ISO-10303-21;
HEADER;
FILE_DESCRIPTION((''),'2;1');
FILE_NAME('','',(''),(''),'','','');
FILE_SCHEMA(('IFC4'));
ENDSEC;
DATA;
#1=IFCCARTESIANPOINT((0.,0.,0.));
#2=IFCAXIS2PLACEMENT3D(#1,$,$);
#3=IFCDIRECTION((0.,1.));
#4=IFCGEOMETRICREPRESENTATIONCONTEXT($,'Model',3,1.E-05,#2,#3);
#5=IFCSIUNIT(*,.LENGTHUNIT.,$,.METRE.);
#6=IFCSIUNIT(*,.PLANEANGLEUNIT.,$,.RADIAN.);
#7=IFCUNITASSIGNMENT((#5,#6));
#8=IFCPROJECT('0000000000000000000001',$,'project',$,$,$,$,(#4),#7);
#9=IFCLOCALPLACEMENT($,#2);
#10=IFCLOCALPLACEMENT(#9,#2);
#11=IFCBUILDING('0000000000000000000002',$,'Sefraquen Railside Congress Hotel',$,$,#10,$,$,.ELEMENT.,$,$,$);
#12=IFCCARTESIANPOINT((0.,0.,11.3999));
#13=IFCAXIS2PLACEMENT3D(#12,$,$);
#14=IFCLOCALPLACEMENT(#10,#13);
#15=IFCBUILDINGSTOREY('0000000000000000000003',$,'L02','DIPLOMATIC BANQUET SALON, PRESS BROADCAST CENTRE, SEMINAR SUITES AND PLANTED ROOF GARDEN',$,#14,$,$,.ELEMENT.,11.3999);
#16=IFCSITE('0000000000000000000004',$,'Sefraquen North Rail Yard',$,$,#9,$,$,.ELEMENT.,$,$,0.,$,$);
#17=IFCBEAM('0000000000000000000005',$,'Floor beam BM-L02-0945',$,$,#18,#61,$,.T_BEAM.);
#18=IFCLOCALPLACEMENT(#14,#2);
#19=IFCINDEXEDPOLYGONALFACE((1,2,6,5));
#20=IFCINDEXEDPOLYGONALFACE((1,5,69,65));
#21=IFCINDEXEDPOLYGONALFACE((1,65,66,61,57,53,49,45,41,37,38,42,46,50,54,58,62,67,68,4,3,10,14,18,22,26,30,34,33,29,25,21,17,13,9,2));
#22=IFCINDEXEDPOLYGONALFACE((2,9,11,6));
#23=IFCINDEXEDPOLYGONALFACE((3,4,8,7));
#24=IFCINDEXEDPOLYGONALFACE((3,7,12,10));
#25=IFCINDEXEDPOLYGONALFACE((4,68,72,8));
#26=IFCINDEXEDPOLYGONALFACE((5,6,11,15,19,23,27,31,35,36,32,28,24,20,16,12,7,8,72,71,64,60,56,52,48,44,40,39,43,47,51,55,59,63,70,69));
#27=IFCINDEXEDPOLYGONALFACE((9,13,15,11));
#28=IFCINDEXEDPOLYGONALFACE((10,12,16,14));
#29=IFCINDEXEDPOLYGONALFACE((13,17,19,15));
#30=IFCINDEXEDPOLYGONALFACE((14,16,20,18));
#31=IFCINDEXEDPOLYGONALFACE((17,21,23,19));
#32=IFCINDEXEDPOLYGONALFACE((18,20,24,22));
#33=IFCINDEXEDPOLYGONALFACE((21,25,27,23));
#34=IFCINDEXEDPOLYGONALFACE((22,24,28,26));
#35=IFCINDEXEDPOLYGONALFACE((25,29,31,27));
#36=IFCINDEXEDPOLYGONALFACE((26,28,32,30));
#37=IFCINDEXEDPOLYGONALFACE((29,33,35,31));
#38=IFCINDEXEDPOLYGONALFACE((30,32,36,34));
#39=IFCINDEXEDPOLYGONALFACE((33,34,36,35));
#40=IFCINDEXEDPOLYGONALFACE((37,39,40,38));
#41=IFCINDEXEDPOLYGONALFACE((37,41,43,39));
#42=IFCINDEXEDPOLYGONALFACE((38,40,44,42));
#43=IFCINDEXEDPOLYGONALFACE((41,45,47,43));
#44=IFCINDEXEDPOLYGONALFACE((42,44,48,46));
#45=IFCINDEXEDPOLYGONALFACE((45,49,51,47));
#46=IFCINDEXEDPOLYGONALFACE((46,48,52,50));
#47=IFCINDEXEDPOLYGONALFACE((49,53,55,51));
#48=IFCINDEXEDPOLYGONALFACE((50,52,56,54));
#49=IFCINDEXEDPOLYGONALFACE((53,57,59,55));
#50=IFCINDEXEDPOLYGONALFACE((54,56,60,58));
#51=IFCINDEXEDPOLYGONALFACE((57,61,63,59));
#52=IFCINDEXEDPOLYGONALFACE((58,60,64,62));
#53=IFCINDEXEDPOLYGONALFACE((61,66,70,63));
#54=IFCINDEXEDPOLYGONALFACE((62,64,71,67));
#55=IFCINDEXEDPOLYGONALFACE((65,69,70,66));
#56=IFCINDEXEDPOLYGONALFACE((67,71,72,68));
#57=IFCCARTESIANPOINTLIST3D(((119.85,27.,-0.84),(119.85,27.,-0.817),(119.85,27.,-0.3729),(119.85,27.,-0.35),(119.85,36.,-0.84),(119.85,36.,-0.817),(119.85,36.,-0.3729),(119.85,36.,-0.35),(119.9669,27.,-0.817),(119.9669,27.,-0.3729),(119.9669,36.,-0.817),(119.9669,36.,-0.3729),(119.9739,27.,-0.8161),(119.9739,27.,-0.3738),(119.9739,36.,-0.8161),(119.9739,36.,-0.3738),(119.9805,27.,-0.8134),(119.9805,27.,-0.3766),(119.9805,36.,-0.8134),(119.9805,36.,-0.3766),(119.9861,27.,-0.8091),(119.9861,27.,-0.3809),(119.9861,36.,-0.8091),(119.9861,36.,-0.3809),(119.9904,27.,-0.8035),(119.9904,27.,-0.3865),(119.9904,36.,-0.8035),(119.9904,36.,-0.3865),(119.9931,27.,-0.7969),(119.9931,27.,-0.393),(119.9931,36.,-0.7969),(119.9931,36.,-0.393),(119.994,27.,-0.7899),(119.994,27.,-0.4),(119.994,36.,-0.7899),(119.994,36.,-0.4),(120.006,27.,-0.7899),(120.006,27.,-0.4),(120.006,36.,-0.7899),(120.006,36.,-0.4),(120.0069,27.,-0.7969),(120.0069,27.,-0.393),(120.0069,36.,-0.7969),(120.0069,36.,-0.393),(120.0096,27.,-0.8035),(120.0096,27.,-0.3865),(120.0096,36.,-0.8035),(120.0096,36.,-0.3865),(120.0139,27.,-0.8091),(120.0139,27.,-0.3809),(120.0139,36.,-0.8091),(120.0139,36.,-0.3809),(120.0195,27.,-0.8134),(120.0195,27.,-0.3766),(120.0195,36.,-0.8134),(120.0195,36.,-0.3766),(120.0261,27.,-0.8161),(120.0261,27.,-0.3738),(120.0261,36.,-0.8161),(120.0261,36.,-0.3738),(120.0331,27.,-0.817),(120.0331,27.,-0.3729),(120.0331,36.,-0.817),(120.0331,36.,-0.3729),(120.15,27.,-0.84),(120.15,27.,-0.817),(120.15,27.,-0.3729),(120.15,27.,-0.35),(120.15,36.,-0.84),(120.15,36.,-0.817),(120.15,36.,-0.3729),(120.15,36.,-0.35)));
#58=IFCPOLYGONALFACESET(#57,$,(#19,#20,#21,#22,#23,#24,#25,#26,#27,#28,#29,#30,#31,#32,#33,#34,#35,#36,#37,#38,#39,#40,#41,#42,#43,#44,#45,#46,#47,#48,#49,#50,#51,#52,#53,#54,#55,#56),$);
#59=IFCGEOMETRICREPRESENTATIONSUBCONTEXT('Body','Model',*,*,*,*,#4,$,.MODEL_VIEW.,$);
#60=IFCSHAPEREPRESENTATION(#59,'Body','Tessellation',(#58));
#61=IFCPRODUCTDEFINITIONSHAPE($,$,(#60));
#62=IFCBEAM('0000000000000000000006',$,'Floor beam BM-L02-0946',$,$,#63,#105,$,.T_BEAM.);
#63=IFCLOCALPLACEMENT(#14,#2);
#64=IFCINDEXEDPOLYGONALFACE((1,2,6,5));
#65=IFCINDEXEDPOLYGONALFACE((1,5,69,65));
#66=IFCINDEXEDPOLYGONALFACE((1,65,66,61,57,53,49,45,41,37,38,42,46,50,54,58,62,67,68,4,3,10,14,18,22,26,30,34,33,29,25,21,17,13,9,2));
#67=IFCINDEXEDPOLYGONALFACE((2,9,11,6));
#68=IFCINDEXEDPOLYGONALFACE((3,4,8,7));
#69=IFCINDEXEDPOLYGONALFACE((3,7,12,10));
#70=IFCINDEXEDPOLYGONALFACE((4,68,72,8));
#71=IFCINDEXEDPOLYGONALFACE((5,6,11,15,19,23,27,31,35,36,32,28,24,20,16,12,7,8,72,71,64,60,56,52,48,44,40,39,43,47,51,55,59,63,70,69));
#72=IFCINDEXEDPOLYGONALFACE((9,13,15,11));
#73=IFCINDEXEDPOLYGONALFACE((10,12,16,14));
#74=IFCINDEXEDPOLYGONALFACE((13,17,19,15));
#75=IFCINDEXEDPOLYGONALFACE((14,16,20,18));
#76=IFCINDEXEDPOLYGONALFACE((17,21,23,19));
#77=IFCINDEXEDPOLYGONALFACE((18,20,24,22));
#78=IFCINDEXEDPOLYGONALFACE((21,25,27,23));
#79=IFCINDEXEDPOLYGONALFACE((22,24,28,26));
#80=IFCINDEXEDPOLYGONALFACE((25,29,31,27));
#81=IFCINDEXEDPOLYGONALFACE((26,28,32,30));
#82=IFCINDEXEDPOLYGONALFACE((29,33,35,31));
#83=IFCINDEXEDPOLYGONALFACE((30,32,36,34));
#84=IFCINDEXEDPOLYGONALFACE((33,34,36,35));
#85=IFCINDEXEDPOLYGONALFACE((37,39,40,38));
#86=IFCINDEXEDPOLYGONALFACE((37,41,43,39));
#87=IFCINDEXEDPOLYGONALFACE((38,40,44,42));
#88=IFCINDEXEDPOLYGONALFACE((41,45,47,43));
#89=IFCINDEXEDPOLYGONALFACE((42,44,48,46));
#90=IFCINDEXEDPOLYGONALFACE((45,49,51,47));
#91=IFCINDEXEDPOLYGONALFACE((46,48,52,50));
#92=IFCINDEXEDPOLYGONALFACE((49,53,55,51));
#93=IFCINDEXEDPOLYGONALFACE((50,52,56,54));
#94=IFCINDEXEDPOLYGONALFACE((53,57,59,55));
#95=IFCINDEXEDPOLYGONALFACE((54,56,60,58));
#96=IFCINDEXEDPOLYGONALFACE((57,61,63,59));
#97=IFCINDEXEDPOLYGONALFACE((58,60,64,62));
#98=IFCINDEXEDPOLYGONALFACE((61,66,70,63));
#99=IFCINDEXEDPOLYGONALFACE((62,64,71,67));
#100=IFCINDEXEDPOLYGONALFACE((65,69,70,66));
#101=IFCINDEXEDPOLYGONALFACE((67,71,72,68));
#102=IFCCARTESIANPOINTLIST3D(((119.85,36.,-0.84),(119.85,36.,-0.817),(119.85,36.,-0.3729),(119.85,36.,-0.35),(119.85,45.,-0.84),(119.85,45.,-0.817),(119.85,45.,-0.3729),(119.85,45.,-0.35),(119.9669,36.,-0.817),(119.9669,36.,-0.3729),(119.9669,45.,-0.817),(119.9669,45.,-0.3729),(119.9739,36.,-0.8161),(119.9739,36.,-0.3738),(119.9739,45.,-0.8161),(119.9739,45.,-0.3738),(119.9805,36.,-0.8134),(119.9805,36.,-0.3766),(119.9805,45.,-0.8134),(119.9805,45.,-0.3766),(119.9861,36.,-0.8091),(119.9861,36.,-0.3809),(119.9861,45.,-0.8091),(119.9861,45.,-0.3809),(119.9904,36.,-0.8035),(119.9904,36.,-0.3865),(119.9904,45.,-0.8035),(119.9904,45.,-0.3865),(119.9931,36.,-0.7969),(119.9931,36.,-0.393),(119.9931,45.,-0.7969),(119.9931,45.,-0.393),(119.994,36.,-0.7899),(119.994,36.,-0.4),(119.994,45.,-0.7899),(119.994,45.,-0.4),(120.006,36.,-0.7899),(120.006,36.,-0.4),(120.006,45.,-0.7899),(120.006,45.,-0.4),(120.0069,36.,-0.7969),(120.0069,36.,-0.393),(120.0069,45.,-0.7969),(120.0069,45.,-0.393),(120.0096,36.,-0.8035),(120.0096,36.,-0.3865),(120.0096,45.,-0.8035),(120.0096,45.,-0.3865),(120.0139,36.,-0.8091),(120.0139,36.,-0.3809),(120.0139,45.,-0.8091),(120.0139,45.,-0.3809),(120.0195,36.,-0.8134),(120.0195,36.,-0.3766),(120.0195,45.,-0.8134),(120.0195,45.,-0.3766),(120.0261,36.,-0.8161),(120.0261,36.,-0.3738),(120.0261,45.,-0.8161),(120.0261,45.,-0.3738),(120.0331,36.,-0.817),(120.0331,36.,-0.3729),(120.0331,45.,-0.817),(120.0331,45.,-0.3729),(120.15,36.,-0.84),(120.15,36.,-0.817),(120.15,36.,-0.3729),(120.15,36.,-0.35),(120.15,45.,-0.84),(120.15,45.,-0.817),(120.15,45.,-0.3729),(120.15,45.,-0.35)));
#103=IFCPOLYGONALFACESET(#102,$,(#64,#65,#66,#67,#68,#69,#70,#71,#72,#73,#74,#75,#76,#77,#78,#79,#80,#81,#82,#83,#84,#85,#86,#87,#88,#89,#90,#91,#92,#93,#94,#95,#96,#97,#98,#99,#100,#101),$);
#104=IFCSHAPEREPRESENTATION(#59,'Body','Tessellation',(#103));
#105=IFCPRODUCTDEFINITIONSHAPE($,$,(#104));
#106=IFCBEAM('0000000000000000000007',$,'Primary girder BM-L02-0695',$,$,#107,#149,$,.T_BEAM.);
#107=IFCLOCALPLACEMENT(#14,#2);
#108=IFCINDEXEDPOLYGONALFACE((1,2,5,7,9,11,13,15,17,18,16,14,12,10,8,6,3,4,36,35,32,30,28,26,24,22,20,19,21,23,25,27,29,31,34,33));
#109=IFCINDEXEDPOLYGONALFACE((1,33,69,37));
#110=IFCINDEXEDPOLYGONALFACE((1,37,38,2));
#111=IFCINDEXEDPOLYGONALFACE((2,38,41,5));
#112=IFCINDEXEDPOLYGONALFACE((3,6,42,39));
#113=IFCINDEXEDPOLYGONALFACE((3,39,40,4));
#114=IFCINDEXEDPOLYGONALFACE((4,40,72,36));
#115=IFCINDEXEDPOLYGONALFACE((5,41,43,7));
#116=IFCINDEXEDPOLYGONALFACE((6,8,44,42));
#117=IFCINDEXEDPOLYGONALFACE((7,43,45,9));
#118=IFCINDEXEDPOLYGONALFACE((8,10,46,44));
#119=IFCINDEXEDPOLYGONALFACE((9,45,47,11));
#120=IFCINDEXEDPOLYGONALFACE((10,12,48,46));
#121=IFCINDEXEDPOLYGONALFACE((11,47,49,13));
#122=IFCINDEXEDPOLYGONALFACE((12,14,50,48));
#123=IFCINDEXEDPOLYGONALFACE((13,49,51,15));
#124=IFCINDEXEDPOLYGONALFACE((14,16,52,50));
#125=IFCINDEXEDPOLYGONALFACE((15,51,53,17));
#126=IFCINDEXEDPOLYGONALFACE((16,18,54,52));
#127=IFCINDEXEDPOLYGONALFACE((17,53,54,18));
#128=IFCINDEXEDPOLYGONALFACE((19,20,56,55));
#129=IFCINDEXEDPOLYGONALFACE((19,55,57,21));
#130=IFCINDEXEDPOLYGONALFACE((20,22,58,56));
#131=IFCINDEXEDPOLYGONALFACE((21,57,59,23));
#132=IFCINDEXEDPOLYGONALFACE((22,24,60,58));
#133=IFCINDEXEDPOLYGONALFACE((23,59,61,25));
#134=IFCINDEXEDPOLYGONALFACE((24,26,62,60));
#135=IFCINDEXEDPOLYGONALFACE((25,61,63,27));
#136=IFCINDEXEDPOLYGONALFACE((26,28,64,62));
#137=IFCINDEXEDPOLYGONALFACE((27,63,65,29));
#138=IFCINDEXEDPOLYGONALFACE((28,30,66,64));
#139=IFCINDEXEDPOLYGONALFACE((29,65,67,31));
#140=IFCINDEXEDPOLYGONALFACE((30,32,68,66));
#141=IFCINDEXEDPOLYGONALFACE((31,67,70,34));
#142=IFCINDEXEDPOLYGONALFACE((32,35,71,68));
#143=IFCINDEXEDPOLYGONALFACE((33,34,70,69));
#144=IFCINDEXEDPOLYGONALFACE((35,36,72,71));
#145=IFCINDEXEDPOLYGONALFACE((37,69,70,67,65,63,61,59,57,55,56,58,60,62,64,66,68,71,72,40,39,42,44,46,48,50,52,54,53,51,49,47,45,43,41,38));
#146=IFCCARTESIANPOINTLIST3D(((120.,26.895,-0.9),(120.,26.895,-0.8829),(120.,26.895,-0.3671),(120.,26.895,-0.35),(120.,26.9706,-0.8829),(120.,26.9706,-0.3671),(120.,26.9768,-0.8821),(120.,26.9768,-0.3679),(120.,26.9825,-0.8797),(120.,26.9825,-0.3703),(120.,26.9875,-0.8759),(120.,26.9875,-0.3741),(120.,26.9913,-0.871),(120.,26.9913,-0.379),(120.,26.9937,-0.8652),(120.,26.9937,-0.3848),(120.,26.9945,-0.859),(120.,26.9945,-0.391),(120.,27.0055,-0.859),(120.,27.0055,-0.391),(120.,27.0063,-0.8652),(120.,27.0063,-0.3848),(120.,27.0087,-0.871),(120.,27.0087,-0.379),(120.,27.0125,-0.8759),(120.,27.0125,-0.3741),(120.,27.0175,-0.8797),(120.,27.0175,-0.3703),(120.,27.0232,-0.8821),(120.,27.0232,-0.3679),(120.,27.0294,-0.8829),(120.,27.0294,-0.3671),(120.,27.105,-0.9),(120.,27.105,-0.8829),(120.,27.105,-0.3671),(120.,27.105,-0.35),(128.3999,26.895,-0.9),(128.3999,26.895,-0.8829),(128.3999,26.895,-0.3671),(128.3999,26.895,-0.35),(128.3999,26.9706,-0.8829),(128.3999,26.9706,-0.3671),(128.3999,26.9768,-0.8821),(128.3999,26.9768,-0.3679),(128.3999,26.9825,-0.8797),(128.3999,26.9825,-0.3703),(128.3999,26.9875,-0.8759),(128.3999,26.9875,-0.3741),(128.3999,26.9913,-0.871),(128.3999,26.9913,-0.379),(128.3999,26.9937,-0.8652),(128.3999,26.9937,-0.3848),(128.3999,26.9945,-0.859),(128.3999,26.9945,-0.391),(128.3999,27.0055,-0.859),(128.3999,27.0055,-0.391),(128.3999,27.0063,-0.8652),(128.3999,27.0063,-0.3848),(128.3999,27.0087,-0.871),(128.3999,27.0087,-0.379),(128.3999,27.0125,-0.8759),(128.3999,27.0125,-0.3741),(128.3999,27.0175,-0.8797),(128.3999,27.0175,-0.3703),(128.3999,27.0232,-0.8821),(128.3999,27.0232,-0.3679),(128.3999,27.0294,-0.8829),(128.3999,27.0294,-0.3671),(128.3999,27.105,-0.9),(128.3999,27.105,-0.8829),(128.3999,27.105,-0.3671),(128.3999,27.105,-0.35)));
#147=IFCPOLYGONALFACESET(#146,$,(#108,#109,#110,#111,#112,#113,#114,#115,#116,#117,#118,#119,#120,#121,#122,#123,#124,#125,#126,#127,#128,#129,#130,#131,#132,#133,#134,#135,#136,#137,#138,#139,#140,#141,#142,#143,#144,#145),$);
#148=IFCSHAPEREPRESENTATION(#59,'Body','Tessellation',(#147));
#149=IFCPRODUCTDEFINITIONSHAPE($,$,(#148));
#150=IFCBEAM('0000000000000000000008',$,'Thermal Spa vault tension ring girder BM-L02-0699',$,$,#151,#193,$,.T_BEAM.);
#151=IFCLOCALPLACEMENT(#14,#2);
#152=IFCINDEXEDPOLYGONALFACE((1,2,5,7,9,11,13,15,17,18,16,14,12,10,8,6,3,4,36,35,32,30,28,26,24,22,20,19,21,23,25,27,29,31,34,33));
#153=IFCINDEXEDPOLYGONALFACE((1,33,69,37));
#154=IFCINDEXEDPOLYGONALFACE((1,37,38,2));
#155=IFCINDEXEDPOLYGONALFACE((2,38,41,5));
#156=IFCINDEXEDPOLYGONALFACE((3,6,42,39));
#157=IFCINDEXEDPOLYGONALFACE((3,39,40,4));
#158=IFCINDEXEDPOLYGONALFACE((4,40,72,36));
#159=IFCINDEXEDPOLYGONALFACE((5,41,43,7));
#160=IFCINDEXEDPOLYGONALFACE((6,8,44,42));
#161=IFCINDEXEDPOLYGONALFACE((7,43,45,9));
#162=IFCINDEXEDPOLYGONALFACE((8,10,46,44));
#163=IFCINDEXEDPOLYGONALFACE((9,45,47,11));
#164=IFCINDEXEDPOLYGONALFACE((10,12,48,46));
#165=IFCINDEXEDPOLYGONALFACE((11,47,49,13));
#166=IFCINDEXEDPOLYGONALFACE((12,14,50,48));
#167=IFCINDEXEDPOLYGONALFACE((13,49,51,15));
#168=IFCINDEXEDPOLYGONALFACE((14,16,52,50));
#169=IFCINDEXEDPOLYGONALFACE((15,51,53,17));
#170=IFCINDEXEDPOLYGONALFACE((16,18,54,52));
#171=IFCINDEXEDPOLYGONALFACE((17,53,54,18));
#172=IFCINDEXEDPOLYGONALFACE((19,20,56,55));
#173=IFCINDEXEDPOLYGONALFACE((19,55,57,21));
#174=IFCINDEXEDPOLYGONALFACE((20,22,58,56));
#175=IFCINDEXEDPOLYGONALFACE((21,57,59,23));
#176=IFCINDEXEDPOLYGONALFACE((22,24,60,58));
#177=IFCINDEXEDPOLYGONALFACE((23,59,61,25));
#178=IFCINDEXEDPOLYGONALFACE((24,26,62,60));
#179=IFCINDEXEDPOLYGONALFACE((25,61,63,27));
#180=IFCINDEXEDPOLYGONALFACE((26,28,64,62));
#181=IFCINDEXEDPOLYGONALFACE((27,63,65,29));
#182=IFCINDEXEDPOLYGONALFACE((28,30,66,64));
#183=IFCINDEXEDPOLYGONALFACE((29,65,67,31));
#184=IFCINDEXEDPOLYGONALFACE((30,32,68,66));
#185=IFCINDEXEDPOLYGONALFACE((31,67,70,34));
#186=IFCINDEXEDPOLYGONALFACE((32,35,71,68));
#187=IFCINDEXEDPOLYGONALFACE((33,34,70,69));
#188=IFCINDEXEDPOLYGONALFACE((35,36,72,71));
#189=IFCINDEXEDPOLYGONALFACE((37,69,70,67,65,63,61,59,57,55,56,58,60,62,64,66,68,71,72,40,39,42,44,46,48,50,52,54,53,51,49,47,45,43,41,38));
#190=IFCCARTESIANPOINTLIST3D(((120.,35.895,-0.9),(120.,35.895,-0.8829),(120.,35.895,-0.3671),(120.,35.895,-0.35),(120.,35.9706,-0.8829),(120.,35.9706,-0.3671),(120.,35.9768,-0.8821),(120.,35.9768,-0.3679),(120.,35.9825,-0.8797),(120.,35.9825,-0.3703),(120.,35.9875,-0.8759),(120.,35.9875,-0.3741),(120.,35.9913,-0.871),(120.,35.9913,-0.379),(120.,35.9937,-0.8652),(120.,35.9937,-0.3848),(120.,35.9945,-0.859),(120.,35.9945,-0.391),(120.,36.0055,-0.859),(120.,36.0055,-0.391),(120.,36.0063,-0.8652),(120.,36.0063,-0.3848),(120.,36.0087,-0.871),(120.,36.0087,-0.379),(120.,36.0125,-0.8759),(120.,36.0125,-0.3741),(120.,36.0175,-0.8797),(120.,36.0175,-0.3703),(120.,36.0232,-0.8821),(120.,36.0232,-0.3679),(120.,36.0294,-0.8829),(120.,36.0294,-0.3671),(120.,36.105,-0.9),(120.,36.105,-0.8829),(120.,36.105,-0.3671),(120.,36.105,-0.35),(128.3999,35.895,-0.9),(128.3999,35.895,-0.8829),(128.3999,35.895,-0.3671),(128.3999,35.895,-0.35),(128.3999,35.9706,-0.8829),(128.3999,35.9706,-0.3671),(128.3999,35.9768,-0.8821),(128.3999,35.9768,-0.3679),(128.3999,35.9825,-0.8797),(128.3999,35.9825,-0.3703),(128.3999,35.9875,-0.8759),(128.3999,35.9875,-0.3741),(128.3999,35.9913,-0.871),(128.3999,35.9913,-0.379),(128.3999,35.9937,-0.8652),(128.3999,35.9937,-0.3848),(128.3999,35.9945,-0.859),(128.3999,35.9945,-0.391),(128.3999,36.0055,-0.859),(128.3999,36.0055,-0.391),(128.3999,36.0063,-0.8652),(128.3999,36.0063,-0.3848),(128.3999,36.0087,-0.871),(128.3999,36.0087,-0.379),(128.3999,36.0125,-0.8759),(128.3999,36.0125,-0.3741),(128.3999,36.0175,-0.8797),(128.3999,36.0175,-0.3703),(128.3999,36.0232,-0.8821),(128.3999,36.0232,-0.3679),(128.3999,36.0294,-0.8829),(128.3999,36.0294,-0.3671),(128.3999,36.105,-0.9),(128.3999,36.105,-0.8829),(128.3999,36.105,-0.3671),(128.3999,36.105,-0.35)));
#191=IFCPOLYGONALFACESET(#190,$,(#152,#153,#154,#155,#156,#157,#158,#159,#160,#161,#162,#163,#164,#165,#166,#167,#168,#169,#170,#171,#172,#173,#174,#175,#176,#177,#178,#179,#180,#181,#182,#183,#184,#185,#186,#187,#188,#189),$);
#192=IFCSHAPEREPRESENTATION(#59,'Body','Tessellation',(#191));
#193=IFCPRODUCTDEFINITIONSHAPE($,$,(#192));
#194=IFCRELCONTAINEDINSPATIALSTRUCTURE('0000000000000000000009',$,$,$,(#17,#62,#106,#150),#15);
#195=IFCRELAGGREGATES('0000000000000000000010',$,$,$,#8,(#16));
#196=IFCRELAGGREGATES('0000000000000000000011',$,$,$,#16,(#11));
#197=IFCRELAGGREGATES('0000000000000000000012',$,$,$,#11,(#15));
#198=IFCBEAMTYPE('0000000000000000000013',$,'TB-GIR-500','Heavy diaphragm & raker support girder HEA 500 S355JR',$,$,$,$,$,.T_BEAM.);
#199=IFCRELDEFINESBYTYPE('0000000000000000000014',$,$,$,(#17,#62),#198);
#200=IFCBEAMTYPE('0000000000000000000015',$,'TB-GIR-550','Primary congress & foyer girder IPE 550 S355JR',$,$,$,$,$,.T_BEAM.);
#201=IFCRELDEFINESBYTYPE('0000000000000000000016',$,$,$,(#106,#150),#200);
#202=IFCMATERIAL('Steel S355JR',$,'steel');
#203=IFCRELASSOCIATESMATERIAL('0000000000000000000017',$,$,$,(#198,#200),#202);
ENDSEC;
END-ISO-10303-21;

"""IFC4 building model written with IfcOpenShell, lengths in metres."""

from ifc_helpers import new_model, si_unit, direction, frame, origin, origin_2d, place, context, subcontext, project, spatial, i_section, extrude, material, material_profile, profile_set, type_object, element, save


model = new_model("IFC4")

# Units and contexts
model_context = context("Model", 3, precision=1e-05, world=origin(), true_north=direction((0.0, 1.0)))
body_context = subcontext(model_context, "Body", "Model", "MODEL_VIEW")
ifc_project = project(units=[si_unit("LENGTHUNIT", "METRE"), si_unit("PLANEANGLEUNIT", "RADIAN")], contexts=[model_context])

# Site, building, storey
site_placement = place(None, origin())
site = spatial("IfcSite", under=ifc_project, at=site_placement, Name="Sefraquen North Rail Yard", CompositionType="ELEMENT", RefElevation=0.0)
building_placement = place(site_placement, origin())
building = spatial("IfcBuilding", under=site, at=building_placement, Name="Sefraquen Railside Congress Hotel", CompositionType="ELEMENT")
storey_placement = place(building_placement, frame((0.0, 0.0, 11.3999)))
storey = spatial("IfcBuildingStorey", under=building, at=storey_placement, Name="L02", Description="DIPLOMATIC BANQUET SALON, PRESS BROADCAST CENTRE, SEMINAR SUITES AND PLANTED ROOF GARDEN", CompositionType="ELEMENT", Elevation=11.3999)

# Beams
ifc_material_1 = material(Name="Steel S355JR", Category="steel")
ifc_material_profile_1 = material_profile(ifc_material_1, i_section(OverallWidth=0.3, OverallDepth=0.49, WebThickness=0.012, FlangeThickness=0.0229, FilletRadius=0.0271, at=origin_2d()), Name="HEA 500")
ifc_profile_set_1 = profile_set([ifc_material_profile_1], Name="Steel S355JR")
beam_type_1 = type_object("IfcBeamType", Name="TB-GIR-500", Description="Heavy diaphragm & raker support girder HEA 500 S355JR", PredefinedType="T_BEAM", material=ifc_profile_set_1)
for number, where, z_axis, x_axis, name in (
    (1, (120.0, 27.0, -0.595), (0.0, 1.0, 0.0), (-1.0, 0.0, 0.0), "Floor beam BM-L02-0945"),
    (2, (120.0, 36.0, -0.595), (0.0, 1.0, 0.0), (-1.0, 0.0, 0.0), "Floor beam BM-L02-0946"),
):
    element("IfcBeam", number, at=place(storey_placement, frame(where, z_axis=z_axis, x_axis=x_axis)), inside=storey, type_object=beam_type_1, Name=name, PredefinedType="T_BEAM", context=body_context, shape_type="SweptSolid", body=[
        extrude(i_section(OverallWidth=0.3, OverallDepth=0.49, WebThickness=0.012, FlangeThickness=0.0229, FilletRadius=0.0271, at=origin_2d()), origin(), (0.0, 0.0, 1.0), 9.0),
    ])
ifc_material_profile_2 = material_profile(ifc_material_1, i_section(OverallWidth=0.21, OverallDepth=0.55, WebThickness=0.011, FlangeThickness=0.0171, FilletRadius=0.0239, at=origin_2d()), Name="IPE 550")
ifc_profile_set_2 = profile_set([ifc_material_profile_2], Name="Steel S355JR")
beam_type_2 = type_object("IfcBeamType", Name="TB-GIR-550", Description="Primary congress & foyer girder IPE 550 S355JR", PredefinedType="T_BEAM", material=ifc_profile_set_2)
for number, where, z_axis, x_axis, name in (
    (3, (120.0, 27.0, -0.625), (1.0, 0.0, 0.0), (0.0, 1.0, 0.0), "Primary girder BM-L02-0695"),
    (4, (120.0, 36.0, -0.625), (1.0, 0.0, 0.0), (0.0, 1.0, 0.0), "Thermal Spa vault tension ring girder BM-L02-0699"),
):
    element("IfcBeam", number, at=place(storey_placement, frame(where, z_axis=z_axis, x_axis=x_axis)), inside=storey, type_object=beam_type_2, Name=name, PredefinedType="T_BEAM", context=body_context, shape_type="SweptSolid", body=[
        extrude(i_section(OverallWidth=0.21, OverallDepth=0.55, WebThickness=0.011, FlangeThickness=0.0171, FilletRadius=0.0239, at=origin_2d()), origin(), (0.0, 0.0, 1.0), 8.3999),
    ])

save(model, "model.ifc")
